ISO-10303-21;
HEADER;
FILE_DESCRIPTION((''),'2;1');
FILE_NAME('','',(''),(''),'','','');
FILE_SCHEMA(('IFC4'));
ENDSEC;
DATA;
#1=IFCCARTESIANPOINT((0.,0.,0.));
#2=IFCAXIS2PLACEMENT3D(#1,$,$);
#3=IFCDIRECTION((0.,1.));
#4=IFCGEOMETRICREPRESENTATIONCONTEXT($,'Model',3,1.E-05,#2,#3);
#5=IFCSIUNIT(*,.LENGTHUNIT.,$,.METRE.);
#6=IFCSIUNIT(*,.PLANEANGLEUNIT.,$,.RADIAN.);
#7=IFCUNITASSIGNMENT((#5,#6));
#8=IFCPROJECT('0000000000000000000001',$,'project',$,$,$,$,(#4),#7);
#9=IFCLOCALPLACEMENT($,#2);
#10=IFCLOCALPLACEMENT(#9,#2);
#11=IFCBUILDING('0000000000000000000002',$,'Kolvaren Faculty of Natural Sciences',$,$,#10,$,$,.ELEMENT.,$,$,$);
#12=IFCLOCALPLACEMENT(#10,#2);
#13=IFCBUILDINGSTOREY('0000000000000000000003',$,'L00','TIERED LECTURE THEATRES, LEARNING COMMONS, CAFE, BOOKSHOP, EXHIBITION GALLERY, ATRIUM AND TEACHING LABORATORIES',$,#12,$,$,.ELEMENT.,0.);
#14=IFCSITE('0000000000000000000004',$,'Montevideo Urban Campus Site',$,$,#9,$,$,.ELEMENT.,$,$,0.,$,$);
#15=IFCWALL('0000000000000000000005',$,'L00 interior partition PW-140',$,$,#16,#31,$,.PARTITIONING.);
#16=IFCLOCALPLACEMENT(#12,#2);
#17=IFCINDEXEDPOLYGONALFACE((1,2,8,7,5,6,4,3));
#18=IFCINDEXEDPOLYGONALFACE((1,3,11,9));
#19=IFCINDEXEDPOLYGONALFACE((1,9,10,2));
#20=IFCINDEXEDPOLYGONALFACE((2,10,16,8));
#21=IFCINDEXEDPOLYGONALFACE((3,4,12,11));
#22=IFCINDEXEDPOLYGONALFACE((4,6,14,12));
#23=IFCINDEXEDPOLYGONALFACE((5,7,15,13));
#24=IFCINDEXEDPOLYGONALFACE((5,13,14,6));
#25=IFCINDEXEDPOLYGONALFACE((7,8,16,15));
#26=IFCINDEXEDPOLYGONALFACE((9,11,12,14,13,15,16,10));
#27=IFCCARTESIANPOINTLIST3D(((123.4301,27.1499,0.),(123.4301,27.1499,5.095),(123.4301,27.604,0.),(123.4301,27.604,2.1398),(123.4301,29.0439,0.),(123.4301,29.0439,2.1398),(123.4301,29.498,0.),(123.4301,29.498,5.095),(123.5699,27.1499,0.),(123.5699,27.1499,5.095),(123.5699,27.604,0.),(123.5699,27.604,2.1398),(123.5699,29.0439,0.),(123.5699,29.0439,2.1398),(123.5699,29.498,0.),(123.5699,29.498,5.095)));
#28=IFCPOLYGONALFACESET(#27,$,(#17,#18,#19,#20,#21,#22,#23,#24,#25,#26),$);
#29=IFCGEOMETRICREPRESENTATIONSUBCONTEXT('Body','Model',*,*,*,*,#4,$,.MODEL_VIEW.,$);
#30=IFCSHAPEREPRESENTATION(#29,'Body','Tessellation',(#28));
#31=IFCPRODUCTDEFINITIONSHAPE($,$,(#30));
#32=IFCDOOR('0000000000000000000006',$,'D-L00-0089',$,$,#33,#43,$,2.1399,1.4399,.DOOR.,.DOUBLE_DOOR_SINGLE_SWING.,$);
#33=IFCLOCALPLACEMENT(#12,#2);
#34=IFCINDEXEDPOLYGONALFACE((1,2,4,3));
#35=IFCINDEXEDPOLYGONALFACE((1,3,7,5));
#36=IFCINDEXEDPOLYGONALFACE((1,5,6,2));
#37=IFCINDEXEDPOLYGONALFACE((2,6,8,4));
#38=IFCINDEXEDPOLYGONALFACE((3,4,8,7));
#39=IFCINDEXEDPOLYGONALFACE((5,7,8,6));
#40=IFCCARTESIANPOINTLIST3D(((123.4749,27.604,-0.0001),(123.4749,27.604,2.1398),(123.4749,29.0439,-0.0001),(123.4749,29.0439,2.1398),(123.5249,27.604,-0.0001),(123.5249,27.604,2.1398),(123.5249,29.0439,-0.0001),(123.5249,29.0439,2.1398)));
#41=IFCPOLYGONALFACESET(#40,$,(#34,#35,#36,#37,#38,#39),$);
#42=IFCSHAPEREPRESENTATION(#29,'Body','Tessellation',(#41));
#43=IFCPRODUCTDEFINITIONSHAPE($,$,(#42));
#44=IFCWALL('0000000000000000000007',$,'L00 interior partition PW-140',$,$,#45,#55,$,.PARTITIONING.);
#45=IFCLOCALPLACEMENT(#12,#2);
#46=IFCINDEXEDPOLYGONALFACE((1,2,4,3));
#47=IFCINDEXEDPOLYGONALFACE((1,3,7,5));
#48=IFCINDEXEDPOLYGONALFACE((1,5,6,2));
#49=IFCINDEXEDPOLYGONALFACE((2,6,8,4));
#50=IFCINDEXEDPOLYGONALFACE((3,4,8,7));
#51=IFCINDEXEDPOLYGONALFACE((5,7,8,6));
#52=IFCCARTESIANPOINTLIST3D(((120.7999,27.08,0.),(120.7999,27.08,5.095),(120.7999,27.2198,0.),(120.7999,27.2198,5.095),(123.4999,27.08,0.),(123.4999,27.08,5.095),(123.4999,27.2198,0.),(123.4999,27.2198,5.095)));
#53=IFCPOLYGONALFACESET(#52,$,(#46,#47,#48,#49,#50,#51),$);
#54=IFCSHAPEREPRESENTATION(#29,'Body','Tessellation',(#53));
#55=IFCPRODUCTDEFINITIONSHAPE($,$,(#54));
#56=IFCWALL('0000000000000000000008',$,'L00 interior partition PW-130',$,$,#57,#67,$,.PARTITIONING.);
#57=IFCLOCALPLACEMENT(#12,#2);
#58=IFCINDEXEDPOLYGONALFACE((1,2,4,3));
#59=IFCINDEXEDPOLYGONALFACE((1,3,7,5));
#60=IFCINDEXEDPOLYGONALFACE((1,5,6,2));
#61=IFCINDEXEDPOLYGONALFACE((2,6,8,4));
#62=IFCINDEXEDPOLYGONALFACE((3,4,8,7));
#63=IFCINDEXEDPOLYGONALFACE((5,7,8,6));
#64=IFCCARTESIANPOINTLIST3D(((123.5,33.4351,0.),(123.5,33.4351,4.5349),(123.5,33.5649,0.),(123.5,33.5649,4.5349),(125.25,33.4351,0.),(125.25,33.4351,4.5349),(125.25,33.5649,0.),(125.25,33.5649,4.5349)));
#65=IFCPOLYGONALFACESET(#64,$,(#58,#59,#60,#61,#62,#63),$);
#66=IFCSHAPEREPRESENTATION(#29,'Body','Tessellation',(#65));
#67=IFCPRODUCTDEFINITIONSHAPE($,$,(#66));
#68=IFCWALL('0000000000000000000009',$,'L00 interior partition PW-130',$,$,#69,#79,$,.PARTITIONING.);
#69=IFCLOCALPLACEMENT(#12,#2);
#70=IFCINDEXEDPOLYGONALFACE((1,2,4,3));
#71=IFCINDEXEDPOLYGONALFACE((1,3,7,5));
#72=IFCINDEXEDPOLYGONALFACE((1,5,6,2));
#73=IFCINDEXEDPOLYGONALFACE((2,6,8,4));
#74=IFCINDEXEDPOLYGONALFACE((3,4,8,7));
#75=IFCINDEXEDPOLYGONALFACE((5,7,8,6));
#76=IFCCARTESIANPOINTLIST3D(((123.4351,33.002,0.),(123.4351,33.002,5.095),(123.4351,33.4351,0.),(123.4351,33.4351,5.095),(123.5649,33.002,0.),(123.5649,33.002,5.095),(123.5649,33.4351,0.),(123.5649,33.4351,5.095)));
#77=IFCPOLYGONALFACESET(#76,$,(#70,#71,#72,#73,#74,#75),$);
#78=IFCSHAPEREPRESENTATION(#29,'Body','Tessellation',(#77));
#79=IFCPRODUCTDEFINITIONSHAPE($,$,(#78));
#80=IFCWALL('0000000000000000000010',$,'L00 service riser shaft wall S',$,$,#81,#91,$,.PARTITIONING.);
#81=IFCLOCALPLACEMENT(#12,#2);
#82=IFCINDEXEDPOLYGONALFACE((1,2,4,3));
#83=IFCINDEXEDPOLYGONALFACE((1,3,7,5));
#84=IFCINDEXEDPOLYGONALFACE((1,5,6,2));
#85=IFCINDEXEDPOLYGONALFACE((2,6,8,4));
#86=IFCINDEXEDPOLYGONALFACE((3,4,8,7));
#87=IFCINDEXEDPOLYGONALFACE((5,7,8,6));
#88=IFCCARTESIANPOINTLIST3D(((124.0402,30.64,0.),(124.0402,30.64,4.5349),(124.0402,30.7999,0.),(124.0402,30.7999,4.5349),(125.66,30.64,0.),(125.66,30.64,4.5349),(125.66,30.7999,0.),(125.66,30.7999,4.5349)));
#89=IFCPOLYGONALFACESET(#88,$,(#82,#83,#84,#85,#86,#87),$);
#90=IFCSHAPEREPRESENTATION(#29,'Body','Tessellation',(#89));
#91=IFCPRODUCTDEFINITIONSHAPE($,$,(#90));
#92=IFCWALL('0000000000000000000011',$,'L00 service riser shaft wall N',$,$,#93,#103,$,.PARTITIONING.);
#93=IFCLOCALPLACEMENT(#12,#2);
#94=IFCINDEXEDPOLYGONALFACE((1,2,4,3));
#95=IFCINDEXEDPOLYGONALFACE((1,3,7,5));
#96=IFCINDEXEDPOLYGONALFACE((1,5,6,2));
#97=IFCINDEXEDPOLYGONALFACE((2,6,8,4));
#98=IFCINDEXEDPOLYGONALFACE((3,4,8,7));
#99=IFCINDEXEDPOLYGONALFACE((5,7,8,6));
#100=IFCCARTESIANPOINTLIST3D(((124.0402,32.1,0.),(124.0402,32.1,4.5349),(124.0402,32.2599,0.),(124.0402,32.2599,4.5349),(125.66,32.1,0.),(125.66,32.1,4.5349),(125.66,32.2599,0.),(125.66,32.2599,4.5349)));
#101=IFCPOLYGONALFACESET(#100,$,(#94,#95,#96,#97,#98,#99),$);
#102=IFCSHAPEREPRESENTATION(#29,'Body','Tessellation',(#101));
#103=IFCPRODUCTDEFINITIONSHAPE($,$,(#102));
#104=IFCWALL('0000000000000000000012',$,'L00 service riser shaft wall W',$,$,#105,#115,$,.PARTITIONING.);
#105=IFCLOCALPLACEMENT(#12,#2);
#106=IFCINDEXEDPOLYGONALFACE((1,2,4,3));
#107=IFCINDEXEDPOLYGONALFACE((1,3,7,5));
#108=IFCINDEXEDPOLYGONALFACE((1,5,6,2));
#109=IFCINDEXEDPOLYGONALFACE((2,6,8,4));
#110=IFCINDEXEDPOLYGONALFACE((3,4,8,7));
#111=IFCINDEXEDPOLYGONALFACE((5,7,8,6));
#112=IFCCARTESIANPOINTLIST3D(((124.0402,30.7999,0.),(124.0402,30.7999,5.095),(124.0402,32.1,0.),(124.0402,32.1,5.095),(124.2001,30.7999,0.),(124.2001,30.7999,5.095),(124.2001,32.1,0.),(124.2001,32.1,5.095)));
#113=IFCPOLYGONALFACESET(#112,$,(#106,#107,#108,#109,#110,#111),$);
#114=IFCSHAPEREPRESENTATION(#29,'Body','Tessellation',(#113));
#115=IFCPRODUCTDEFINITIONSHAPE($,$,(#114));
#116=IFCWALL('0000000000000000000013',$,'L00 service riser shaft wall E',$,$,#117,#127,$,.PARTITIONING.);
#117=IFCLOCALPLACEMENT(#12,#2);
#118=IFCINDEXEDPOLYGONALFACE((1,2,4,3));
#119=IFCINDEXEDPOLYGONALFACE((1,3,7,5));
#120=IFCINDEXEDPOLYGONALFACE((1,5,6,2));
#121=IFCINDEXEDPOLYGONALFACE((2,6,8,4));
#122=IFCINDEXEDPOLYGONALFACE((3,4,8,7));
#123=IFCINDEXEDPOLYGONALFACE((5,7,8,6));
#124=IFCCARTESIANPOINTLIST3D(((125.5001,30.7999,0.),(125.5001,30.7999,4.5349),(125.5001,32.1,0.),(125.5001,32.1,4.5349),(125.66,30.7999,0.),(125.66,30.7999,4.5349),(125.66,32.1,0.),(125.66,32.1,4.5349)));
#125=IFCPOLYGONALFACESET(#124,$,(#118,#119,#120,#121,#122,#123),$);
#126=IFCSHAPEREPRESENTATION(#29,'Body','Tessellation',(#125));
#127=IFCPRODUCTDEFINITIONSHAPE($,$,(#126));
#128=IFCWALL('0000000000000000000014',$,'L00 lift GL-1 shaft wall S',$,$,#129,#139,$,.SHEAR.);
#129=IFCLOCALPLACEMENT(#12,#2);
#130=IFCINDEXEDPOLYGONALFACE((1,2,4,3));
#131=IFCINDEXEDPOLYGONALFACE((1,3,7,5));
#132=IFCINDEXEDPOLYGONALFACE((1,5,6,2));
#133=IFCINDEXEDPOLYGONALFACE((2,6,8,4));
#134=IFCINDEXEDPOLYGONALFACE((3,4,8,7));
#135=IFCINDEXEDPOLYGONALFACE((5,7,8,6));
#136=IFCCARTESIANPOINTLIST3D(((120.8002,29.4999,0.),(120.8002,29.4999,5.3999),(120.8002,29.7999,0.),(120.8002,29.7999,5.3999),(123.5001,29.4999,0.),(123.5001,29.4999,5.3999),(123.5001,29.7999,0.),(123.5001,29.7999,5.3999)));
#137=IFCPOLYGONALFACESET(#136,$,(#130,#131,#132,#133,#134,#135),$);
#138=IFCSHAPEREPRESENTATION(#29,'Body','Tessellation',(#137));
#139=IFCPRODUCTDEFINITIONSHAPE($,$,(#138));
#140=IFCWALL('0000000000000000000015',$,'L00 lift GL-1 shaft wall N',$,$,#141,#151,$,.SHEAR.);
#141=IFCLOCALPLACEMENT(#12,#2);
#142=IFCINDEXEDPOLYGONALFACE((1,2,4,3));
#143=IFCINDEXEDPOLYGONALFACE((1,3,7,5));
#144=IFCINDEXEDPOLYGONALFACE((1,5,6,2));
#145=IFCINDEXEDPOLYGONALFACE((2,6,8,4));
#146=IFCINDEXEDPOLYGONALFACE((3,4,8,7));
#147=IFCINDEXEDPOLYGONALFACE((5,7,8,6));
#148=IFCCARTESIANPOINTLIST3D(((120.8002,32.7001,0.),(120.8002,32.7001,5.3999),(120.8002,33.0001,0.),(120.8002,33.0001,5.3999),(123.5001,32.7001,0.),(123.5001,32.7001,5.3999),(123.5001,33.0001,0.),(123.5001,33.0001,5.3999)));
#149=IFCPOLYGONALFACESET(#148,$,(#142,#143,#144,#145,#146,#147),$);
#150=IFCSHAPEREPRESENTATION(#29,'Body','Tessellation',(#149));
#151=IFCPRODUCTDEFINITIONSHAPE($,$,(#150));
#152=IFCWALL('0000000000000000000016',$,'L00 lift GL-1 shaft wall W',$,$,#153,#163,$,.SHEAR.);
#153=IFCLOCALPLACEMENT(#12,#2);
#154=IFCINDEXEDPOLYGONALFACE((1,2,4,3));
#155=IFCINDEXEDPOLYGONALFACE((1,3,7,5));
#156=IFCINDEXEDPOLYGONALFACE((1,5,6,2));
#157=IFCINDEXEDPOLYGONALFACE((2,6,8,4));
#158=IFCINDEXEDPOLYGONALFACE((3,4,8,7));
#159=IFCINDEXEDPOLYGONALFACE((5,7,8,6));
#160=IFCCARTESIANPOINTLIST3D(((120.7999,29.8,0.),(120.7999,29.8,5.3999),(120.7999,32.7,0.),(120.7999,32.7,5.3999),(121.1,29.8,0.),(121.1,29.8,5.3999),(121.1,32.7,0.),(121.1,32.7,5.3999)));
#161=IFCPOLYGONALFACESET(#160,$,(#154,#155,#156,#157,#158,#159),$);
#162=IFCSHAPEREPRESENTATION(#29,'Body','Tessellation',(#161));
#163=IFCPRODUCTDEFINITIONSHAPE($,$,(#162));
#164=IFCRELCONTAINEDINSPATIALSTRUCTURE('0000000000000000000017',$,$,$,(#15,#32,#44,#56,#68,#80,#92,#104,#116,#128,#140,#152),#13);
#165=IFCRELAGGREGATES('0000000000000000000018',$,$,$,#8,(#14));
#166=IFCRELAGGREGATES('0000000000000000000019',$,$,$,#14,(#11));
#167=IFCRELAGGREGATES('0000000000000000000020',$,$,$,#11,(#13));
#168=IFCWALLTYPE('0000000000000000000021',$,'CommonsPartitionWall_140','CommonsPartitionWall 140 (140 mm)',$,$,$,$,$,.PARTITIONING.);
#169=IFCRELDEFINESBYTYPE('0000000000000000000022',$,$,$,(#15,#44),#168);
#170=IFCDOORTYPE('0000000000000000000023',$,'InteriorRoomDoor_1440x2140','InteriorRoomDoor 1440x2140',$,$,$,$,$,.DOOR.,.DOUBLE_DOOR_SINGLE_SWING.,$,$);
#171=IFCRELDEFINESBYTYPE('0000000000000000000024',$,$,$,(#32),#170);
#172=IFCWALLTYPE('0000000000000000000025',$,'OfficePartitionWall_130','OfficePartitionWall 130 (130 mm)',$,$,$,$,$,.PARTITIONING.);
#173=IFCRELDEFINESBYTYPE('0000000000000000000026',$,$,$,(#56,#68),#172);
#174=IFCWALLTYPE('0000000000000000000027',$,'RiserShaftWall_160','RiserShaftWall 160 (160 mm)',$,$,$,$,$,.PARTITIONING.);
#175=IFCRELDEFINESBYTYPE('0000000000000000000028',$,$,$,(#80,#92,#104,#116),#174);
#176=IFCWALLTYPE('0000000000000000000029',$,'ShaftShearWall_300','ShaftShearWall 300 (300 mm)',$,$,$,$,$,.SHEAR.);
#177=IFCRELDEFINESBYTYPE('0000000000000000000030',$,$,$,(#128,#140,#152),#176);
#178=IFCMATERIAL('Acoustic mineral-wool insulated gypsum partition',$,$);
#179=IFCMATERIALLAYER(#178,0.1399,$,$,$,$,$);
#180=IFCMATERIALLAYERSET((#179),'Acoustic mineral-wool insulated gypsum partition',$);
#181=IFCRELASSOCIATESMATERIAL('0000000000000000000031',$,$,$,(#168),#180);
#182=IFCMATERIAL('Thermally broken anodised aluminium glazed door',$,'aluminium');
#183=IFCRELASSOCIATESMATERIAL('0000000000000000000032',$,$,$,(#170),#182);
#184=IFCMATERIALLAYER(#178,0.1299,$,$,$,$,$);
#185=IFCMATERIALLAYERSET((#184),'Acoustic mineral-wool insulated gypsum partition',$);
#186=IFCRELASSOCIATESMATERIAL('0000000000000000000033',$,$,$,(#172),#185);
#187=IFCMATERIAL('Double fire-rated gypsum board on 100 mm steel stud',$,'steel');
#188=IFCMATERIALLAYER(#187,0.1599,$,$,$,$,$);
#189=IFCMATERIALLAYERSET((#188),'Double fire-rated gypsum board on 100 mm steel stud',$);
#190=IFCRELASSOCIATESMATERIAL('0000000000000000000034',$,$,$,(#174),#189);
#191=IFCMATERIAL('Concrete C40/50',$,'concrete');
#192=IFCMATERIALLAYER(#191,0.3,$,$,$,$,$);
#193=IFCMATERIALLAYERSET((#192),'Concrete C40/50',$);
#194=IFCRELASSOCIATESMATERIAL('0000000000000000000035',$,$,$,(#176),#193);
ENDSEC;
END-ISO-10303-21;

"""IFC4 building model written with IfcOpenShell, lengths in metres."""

from ifc_helpers import new_model, si_unit, direction, frame, frame_2d, origin, place, context, subcontext, project, spatial, rectangle, extrude, material, layer, layer_set, type_object, element, fill, save


model = new_model("IFC4")

# Units and contexts
model_context = context("Model", 3, precision=1e-05, world=origin(), true_north=direction((0.0, 1.0)))
body_context = subcontext(model_context, "Body", "Model", "MODEL_VIEW")
ifc_project = project(units=[si_unit("LENGTHUNIT", "METRE"), si_unit("PLANEANGLEUNIT", "RADIAN")], contexts=[model_context])

# Site, building, storey
site_placement = place(None, origin())
site = spatial("IfcSite", under=ifc_project, at=site_placement, Name="Montevideo Urban Campus Site", CompositionType="ELEMENT", RefElevation=0.0)
building_placement = place(site_placement, origin())
building = spatial("IfcBuilding", under=site, at=building_placement, Name="Kolvaren Faculty of Natural Sciences", CompositionType="ELEMENT")
storey_placement = place(building_placement, origin())
storey = spatial("IfcBuildingStorey", under=building, at=storey_placement, Name="L00", Description="TIERED LECTURE THEATRES, LEARNING COMMONS, CAFE, BOOKSHOP, EXHIBITION GALLERY, ATRIUM AND TEACHING LABORATORIES", CompositionType="ELEMENT", Elevation=0.0)

# Shared definitions
ifc_material_1 = material(Name="Concrete C40/50", Category="concrete")

# Wall, opening, door
ifc_material_2 = material(Name="Acoustic mineral-wool insulated gypsum partition")
ifc_layer_1 = layer(ifc_material_2, 0.1399)
ifc_layer_set_1 = layer_set([ifc_layer_1], Name="Acoustic mineral-wool insulated gypsum partition")
wall_type_1 = type_object("IfcWallType", Name="CommonsPartitionWall_140", Description="CommonsPartitionWall 140 (140 mm)", PredefinedType="PARTITIONING", material=ifc_layer_set_1)
ifc_material_3 = material(Name="Thermally broken anodised aluminium glazed door", Category="aluminium")
door_type_1 = type_object("IfcDoorType", Name="InteriorRoomDoor_1440x2140", Description="InteriorRoomDoor 1440x2140", OperationType="DOUBLE_DOOR_SINGLE_SWING", PredefinedType="DOOR", material=ifc_material_3)
wall_1_placement = place(storey_placement, frame((123.5, 29.498, 0.0), z_axis=(0.0, 0.0, 1.0), x_axis=(0.0, -1.0, 0.0)))
wall_1 = element("IfcWall", 1, at=wall_1_placement, inside=storey, type_object=wall_type_1, Name="L00 interior partition PW-140", PredefinedType="PARTITIONING", context=body_context, shape_type="SweptSolid", body=[
    extrude(rectangle(XDim=2.3481, YDim=0.1399, at=frame_2d((1.1741, 0.0))), origin(), (0.0, 0.0, 1.0), 5.095),
])
opening_1_placement = place(wall_1_placement, frame((0.4541, 0.0, 0.0)))
opening_1 = element("IfcOpeningElement", 2, at=opening_1_placement, cuts=wall_1, PredefinedType="OPENING", context=body_context, shape_type="SweptSolid", body=[
    extrude(rectangle(XDim=1.4399, YDim=2.1399, at=frame_2d((0.72, 1.0698))), frame((0.0, 0.0798, 0.0), z_axis=(0.0, -1.0, 0.0), x_axis=(1.0, 0.0, 0.0)), (0.0, 0.0, 1.0), 0.1599),
])
door_1_placement = place(opening_1_placement, origin())
door_1 = element("IfcDoor", 3, at=door_1_placement, inside=storey, type_object=door_type_1, Name="D-L00-0089", OperationType="DOUBLE_DOOR_SINGLE_SWING", OverallHeight=2.1399, OverallWidth=1.4399, PredefinedType="DOOR", context=body_context, shape_type="SweptSolid", body=[
    extrude(rectangle(XDim=1.4399, YDim=2.1399, at=frame_2d((0.72, 1.0698))), frame((0.0, 0.0249, 0.0), z_axis=(0.0, -1.0, 0.0), x_axis=(1.0, 0.0, 0.0)), (0.0, 0.0, 1.0), 0.05),
])
fill(opening_1, door_1)

# Walls
wall_2_placement = place(storey_placement, frame((123.5, 27.1499, 0.0), z_axis=(0.0, 0.0, 1.0), x_axis=(-1.0, 0.0, 0.0)))
element("IfcWall", 4, at=wall_2_placement, inside=storey, type_object=wall_type_1, Name="L00 interior partition PW-140", PredefinedType="PARTITIONING", context=body_context, shape_type="SweptSolid", body=[
    extrude(rectangle(XDim=2.7, YDim=0.1399, at=frame_2d((1.3501, 0.0))), origin(), (0.0, 0.0, 1.0), 5.095),
])
ifc_layer_2 = layer(ifc_material_2, 0.1299)
ifc_layer_set_2 = layer_set([ifc_layer_2], Name="Acoustic mineral-wool insulated gypsum partition")
wall_type_2 = type_object("IfcWallType", Name="OfficePartitionWall_130", Description="OfficePartitionWall 130 (130 mm)", PredefinedType="PARTITIONING", material=ifc_layer_set_2)
wall_3_placement = place(storey_placement, frame((125.25, 33.5, 0.0), z_axis=(0.0, 0.0, 1.0), x_axis=(-1.0, 0.0, 0.0)))
element("IfcWall", 5, at=wall_3_placement, inside=storey, type_object=wall_type_2, Name="L00 interior partition PW-130", PredefinedType="PARTITIONING", context=body_context, shape_type="SweptSolid", body=[
    extrude(rectangle(XDim=1.75, YDim=0.1299, at=frame_2d((0.875, 0.0))), origin(), (0.0, 0.0, 1.0), 4.5349),
])
wall_4_placement = place(storey_placement, frame((123.5, 33.4351, 0.0), z_axis=(0.0, 0.0, 1.0), x_axis=(0.0, -1.0, 0.0)))
element("IfcWall", 6, at=wall_4_placement, inside=storey, type_object=wall_type_2, Name="L00 interior partition PW-130", PredefinedType="PARTITIONING", context=body_context, shape_type="SweptSolid", body=[
    extrude(rectangle(XDim=0.4331, YDim=0.1299, at=frame_2d((0.2166, 0.0))), origin(), (0.0, 0.0, 1.0), 5.095),
])
ifc_material_4 = material(Name="Double fire-rated gypsum board on 100 mm steel stud", Category="steel")
ifc_layer_3 = layer(ifc_material_4, 0.1599)
ifc_layer_set_3 = layer_set([ifc_layer_3], Name="Double fire-rated gypsum board on 100 mm steel stud")
wall_type_3 = type_object("IfcWallType", Name="RiserShaftWall_160", Description="RiserShaftWall 160 (160 mm)", PredefinedType="PARTITIONING", material=ifc_layer_set_3)
for number, where, z_axis, x_axis, name in (
    (7, (124.04, 30.72, 0.0), (0.0, 0.0, 1.0), (1.0, 0.0, 0.0), "L00 service riser shaft wall S"),
    (8, (124.04, 32.1799, 0.0), (0.0, 0.0, 1.0), (1.0, 0.0, 0.0), "L00 service riser shaft wall N"),
):
    element("IfcWall", number, at=place(storey_placement, frame(where, z_axis=z_axis, x_axis=x_axis)), inside=storey, type_object=wall_type_3, Name=name, PredefinedType="PARTITIONING", context=body_context, shape_type="SweptSolid", body=[
        extrude(rectangle(XDim=1.6199, YDim=0.1599, at=frame_2d((0.8101, 0.0))), origin(), (0.0, 0.0, 1.0), 4.5349),
    ])
wall_5_placement = place(storey_placement, frame((124.1201, 30.8, 0.0), z_axis=(0.0, 0.0, 1.0), x_axis=(0.0, 1.0, 0.0)))
element("IfcWall", 9, at=wall_5_placement, inside=storey, type_object=wall_type_3, Name="L00 service riser shaft wall W", PredefinedType="PARTITIONING", context=body_context, shape_type="SweptSolid", body=[
    extrude(rectangle(XDim=1.3, YDim=0.1599, at=frame_2d((0.6499, 0.0))), origin(), (0.0, 0.0, 1.0), 5.095),
])
wall_6_placement = place(storey_placement, frame((125.5801, 30.8, 0.0), z_axis=(0.0, 0.0, 1.0), x_axis=(0.0, 1.0, 0.0)))
element("IfcWall", 10, at=wall_6_placement, inside=storey, type_object=wall_type_3, Name="L00 service riser shaft wall E", PredefinedType="PARTITIONING", context=body_context, shape_type="SweptSolid", body=[
    extrude(rectangle(XDim=1.3, YDim=0.1599, at=frame_2d((0.6499, 0.0))), origin(), (0.0, 0.0, 1.0), 4.5349),
])
ifc_layer_4 = layer(ifc_material_1, 0.3)
ifc_layer_set_4 = layer_set([ifc_layer_4], Name="Concrete C40/50")
wall_type_4 = type_object("IfcWallType", Name="ShaftShearWall_300", Description="ShaftShearWall 300 (300 mm)", PredefinedType="SHEAR", material=ifc_layer_set_4)
for number, where, z_axis, x_axis, name in (
    (11, (120.8, 29.6499, 0.0), (0.0, 0.0, 1.0), (1.0, 0.0, 0.0), "L00 lift GL-1 shaft wall S"),
    (12, (120.8, 32.8501, 0.0), (0.0, 0.0, 1.0), (1.0, 0.0, 0.0), "L00 lift GL-1 shaft wall N"),
):
    element("IfcWall", number, at=place(storey_placement, frame(where, z_axis=z_axis, x_axis=x_axis)), inside=storey, type_object=wall_type_4, Name=name, PredefinedType="SHEAR", context=body_context, shape_type="SweptSolid", body=[
        extrude(rectangle(XDim=2.7, YDim=0.3, at=frame_2d((1.3501, 0.0))), origin(), (0.0, 0.0, 1.0), 5.3999),
    ])
wall_7_placement = place(storey_placement, frame((120.95, 29.8, 0.0), z_axis=(0.0, 0.0, 1.0), x_axis=(0.0, 1.0, 0.0)))
element("IfcWall", 13, at=wall_7_placement, inside=storey, type_object=wall_type_4, Name="L00 lift GL-1 shaft wall W", PredefinedType="SHEAR", context=body_context, shape_type="SweptSolid", body=[
    extrude(rectangle(XDim=2.8999, YDim=0.3, at=frame_2d((1.45, 0.0))), origin(), (0.0, 0.0, 1.0), 5.3999),
])

save(model, "model.ifc")
